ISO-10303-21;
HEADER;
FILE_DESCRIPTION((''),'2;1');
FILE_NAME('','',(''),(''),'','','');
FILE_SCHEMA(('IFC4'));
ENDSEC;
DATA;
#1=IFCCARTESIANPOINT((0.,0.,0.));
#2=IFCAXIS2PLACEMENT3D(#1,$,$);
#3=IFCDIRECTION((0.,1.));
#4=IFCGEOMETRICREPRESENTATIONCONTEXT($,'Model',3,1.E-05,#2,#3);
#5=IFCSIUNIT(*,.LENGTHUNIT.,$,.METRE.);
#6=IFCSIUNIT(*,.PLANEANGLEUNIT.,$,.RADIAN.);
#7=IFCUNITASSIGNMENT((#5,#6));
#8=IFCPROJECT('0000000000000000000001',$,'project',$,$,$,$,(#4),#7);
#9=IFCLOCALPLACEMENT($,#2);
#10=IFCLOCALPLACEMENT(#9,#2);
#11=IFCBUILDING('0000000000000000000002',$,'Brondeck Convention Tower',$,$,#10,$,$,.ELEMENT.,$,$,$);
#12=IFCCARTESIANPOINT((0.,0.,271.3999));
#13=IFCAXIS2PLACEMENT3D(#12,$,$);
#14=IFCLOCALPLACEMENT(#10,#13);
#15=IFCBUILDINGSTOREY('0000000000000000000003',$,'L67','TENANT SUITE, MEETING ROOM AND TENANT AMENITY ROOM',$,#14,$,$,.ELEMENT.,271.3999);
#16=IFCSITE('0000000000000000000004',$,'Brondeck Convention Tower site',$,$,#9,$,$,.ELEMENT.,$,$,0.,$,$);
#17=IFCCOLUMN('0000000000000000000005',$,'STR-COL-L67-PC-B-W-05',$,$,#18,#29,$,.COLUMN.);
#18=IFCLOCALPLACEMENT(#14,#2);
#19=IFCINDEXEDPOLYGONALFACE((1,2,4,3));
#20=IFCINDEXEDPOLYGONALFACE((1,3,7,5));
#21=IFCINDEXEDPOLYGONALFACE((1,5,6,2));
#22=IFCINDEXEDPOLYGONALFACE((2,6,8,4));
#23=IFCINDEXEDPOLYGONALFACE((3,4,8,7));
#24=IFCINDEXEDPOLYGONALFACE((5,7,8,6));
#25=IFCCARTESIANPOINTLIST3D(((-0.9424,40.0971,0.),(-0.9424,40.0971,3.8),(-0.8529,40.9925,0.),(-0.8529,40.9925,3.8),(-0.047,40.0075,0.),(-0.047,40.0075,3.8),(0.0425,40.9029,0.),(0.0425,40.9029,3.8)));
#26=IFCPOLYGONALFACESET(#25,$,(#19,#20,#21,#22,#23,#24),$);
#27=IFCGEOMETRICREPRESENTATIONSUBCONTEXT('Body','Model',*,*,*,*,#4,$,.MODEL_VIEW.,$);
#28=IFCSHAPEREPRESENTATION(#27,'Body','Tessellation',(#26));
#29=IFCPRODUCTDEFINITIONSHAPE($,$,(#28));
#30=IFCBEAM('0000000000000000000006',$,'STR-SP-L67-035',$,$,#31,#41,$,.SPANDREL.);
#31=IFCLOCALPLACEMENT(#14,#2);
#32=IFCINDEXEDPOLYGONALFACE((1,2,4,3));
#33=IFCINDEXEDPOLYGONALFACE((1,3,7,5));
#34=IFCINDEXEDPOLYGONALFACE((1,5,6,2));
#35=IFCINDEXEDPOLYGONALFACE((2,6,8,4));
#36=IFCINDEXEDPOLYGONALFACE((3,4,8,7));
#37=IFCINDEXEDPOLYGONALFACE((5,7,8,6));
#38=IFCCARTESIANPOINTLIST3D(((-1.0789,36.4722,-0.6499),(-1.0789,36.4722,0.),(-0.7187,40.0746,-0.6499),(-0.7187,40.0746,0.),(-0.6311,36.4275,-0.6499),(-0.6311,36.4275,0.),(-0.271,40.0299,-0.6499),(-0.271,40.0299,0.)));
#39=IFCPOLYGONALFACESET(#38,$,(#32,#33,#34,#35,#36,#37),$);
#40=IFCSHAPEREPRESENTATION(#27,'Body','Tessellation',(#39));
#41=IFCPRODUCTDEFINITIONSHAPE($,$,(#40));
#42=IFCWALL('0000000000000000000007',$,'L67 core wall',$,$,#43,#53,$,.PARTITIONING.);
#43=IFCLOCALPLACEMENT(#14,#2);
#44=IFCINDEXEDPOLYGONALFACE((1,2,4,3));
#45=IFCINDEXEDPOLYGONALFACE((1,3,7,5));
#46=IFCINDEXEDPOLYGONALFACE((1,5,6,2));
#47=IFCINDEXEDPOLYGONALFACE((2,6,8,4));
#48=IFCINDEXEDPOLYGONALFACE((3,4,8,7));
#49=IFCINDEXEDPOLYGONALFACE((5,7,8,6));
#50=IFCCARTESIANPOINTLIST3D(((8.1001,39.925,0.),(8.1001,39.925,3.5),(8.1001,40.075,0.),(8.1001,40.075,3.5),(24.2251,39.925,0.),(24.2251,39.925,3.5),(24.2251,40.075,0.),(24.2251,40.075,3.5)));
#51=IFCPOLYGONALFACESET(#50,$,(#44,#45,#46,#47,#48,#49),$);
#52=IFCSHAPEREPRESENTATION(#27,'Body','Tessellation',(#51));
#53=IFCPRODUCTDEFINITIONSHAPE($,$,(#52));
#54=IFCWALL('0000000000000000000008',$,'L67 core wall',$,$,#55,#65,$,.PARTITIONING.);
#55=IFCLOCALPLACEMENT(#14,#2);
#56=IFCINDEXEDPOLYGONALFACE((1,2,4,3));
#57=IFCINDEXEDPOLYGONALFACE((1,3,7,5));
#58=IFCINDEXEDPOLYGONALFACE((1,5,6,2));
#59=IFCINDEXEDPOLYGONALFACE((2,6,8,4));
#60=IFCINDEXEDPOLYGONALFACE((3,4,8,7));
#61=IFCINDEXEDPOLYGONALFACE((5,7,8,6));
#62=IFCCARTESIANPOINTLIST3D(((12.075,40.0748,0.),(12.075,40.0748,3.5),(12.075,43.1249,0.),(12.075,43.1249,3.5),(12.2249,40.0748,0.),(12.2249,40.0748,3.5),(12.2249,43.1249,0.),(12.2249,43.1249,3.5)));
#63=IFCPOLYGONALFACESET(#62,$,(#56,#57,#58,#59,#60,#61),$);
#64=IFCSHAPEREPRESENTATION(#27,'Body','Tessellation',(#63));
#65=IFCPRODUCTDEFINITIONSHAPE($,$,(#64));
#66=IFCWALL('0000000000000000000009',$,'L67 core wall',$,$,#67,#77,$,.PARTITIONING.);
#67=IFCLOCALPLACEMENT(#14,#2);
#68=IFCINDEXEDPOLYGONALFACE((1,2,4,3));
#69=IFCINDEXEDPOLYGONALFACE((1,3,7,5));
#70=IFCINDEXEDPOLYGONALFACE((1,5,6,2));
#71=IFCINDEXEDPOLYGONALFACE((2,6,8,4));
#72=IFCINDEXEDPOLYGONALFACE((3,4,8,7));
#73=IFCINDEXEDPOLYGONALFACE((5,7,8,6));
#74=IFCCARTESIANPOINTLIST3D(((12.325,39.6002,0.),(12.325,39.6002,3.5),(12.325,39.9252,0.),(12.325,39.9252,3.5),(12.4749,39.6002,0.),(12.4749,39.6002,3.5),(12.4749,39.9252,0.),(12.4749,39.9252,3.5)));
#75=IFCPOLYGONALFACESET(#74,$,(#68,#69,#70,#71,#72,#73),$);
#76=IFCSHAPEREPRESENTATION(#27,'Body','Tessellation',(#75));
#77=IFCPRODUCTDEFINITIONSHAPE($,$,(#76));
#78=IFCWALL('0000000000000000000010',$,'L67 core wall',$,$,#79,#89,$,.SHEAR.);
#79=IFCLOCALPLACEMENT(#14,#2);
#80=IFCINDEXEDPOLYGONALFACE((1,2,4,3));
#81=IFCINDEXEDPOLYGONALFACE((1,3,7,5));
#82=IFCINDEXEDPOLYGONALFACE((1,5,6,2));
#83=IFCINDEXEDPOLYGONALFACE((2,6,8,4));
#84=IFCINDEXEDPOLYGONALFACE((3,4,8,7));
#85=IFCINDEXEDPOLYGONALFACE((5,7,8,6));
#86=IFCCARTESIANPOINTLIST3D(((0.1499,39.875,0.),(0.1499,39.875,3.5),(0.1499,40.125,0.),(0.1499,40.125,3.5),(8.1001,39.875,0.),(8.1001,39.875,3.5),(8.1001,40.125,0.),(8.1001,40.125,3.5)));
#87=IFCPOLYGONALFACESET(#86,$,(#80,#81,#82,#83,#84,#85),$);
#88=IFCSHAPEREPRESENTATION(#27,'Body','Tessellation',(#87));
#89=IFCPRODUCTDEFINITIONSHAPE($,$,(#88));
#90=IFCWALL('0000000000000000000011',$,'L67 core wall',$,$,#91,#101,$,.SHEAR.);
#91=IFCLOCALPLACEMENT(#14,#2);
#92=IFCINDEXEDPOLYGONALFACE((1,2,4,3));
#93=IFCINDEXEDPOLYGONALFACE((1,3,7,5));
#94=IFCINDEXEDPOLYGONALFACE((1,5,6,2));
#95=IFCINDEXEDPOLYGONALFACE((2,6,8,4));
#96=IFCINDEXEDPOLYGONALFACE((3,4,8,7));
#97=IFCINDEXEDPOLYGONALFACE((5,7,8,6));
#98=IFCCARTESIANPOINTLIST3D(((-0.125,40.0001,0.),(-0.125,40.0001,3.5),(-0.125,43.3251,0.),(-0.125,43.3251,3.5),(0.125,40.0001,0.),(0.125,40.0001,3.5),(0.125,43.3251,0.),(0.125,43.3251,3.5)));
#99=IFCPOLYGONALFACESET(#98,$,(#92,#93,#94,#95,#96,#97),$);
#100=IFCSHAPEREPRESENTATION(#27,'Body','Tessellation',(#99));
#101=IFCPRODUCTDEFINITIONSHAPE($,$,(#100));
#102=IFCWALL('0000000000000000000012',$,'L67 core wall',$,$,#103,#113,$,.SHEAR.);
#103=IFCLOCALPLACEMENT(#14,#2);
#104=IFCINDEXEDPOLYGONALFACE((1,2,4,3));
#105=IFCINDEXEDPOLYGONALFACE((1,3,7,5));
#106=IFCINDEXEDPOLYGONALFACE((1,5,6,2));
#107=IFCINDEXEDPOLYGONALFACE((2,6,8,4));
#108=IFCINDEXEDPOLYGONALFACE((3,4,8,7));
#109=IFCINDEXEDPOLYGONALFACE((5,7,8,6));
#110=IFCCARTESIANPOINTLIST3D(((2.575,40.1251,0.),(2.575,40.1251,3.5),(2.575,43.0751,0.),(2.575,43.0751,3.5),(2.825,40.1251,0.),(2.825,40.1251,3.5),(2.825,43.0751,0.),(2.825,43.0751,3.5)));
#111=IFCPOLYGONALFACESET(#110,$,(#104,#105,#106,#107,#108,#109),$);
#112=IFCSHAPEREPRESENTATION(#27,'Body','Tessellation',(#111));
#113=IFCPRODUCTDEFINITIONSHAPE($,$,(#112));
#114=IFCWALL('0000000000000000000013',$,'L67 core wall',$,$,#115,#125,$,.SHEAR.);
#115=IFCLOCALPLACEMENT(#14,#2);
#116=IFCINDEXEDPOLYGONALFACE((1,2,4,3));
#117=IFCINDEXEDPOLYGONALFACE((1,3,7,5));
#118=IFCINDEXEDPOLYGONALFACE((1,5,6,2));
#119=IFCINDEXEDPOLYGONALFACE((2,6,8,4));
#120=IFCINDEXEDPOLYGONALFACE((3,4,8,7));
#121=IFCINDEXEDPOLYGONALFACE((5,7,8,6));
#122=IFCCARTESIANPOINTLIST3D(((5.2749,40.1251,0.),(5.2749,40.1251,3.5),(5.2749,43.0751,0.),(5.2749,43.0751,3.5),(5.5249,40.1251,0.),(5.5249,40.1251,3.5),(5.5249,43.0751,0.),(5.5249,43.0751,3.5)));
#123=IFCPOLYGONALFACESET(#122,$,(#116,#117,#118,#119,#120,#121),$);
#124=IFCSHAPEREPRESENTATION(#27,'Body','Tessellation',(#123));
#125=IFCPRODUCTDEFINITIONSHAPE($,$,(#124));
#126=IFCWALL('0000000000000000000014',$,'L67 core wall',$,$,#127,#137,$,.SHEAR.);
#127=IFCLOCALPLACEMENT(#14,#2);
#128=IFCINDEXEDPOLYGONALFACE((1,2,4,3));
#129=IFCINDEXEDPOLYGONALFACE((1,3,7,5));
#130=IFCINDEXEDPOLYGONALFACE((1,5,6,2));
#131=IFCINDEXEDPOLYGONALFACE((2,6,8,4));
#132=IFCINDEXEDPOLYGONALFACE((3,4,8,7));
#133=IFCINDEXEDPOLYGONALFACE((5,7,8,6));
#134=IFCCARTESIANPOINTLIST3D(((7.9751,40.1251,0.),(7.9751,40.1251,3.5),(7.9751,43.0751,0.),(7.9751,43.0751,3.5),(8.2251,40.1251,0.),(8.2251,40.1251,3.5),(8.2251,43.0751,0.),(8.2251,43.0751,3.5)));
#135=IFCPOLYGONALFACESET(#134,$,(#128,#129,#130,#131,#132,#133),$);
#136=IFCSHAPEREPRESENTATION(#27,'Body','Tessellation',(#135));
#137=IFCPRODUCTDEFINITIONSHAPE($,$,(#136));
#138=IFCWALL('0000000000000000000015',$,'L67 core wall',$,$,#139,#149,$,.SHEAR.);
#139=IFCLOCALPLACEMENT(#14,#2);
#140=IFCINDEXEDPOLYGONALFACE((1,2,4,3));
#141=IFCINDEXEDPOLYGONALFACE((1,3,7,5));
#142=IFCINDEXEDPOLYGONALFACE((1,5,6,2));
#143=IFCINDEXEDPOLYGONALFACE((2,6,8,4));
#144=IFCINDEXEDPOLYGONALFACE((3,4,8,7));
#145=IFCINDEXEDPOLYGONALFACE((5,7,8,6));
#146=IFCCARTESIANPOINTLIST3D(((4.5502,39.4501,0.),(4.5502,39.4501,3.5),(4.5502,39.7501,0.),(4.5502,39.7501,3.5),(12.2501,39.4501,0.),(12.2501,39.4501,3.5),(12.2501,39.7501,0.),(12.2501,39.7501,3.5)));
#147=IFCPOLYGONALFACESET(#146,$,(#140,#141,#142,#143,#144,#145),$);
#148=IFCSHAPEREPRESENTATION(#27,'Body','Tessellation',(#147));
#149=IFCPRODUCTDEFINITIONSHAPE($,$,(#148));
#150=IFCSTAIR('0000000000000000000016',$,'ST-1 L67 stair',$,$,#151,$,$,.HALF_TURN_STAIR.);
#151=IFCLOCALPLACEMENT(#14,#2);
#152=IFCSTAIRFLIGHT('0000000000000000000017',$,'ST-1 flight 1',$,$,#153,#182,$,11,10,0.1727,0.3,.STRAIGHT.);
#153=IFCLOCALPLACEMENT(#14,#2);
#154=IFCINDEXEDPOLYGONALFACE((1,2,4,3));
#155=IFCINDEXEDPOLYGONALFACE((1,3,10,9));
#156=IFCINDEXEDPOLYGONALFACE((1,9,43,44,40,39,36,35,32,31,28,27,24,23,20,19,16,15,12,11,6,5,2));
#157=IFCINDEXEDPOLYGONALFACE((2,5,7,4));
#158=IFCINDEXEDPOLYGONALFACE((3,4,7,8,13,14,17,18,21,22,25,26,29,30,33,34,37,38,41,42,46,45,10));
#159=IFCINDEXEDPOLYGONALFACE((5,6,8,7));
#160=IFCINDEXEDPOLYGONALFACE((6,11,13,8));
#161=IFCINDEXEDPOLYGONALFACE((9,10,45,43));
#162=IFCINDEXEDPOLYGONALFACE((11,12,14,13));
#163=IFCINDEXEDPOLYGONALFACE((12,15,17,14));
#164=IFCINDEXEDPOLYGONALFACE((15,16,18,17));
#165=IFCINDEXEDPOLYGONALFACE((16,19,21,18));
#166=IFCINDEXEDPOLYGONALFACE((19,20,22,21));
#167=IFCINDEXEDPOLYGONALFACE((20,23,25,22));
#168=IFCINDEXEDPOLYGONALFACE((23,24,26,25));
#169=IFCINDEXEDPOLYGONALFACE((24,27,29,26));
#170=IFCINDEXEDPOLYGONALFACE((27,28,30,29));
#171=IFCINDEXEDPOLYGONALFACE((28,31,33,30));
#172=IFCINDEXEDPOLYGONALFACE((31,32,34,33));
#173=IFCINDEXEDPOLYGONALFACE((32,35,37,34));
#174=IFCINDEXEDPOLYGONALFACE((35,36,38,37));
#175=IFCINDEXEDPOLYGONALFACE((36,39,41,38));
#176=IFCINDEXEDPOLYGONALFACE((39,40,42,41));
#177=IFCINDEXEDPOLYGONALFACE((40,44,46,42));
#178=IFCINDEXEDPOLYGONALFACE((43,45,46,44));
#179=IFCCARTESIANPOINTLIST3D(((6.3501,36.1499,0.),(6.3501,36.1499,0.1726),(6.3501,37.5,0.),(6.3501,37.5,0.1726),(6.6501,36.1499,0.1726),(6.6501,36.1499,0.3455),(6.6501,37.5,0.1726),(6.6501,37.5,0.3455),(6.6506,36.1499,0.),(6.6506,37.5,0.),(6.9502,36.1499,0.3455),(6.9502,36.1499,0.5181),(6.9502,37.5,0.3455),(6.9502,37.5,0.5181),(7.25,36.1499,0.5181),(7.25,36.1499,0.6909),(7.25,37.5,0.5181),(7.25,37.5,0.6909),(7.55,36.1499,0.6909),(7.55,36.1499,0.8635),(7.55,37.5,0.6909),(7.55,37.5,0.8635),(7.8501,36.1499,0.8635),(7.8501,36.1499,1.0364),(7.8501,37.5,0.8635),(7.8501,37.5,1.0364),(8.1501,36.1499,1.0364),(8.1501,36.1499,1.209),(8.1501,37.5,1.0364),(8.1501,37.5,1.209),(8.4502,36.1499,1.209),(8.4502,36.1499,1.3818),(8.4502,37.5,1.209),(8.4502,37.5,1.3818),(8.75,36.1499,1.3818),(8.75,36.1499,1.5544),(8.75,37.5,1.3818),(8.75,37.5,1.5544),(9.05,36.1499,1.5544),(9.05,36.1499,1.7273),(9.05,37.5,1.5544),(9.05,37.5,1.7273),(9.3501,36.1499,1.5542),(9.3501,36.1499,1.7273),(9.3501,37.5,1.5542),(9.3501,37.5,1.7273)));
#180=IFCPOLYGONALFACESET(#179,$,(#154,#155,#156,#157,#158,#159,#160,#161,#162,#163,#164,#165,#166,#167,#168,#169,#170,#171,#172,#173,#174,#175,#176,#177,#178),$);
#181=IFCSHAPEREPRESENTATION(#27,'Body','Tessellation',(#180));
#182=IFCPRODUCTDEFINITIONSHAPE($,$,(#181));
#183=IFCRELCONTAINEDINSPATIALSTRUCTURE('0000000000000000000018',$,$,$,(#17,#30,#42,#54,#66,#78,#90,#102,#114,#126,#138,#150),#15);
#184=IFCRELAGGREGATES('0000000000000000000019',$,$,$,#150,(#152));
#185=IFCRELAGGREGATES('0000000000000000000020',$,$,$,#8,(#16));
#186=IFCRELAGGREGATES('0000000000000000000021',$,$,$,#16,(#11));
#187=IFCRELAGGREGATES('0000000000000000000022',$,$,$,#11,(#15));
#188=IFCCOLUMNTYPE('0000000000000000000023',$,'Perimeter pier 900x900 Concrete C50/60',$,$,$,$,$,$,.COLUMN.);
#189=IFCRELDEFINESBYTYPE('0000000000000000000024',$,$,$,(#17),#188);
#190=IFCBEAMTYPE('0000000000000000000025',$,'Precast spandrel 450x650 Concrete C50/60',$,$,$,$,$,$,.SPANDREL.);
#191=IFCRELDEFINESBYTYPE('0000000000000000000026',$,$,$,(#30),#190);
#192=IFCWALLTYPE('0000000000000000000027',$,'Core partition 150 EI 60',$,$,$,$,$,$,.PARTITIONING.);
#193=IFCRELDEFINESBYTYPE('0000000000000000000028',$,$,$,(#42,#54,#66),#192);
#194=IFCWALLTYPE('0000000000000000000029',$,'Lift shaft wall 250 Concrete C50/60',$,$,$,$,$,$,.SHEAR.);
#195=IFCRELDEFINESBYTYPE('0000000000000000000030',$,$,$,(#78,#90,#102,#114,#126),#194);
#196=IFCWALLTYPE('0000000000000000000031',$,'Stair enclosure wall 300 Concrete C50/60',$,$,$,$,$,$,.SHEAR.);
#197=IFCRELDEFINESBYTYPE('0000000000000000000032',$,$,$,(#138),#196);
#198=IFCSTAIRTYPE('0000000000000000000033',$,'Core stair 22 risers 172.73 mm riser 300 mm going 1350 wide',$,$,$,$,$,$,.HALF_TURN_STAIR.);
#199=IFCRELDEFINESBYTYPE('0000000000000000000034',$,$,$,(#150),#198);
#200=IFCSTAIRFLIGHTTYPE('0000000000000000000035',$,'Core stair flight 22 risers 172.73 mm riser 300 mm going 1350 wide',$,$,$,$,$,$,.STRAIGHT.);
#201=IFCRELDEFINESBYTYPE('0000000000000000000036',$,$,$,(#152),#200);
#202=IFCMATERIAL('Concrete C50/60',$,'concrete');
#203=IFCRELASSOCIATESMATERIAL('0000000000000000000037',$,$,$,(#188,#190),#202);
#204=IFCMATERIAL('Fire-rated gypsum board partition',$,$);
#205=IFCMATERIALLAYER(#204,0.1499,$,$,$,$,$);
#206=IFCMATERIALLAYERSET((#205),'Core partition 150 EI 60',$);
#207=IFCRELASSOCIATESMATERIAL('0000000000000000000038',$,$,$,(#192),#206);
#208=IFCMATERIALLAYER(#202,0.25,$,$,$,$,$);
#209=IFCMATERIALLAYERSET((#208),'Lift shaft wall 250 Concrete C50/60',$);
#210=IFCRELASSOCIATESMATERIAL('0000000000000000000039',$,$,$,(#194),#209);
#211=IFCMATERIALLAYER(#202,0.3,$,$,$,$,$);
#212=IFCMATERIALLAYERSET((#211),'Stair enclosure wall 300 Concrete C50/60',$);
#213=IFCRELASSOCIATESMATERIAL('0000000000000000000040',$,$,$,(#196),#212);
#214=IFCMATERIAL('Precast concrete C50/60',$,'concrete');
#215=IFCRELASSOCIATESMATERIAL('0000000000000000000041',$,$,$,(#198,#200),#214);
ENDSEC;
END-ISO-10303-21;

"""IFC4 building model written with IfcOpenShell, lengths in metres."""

from ifc_helpers import new_model, si_unit, direction, frame, frame_2d, origin, origin_2d, place, context, subcontext, project, spatial, polyline, rectangle, outline, extrude, material, layer, layer_set, material_profile, profile_set, type_object, element, aggregate, save


model = new_model("IFC4")

# Units and contexts
model_context = context("Model", 3, precision=1e-05, world=origin(), true_north=direction((0.0, 1.0)))
body_context = subcontext(model_context, "Body", "Model", "MODEL_VIEW")
ifc_project = project(units=[si_unit("LENGTHUNIT", "METRE"), si_unit("PLANEANGLEUNIT", "RADIAN")], contexts=[model_context])

# Site, building, storey
site_placement = place(None, origin())
site = spatial("IfcSite", under=ifc_project, at=site_placement, Name="Brondeck Convention Tower site", CompositionType="ELEMENT", RefElevation=0.0)
building_placement = place(site_placement, origin())
building = spatial("IfcBuilding", under=site, at=building_placement, Name="Brondeck Convention Tower", CompositionType="ELEMENT")
storey_placement = place(building_placement, frame((0.0, 0.0, 271.3999)))
storey = spatial("IfcBuildingStorey", under=building, at=storey_placement, Name="L67", Description="TENANT SUITE, MEETING ROOM AND TENANT AMENITY ROOM", CompositionType="ELEMENT", Elevation=271.3999)

# Column
ifc_material_1 = material(Name="Concrete C50/60", Category="concrete")
ifc_material_profile_1 = material_profile(ifc_material_1, rectangle(XDim=0.8999, YDim=0.8999, at=origin_2d()), Name="Perimeter pier 900x900 Concrete C50/60")
ifc_profile_set_1 = profile_set([ifc_material_profile_1], Name="Concrete C50/60")
column_type = type_object("IfcColumnType", Name="Perimeter pier 900x900 Concrete C50/60", PredefinedType="COLUMN", material=ifc_profile_set_1)
column_placement = place(storey_placement, frame((-0.45, 40.5, 0.0), z_axis=(0.0, 0.0, 1.0), x_axis=(-0.099504, -0.995037, 0.0)))
element("IfcColumn", 1, at=column_placement, inside=storey, type_object=column_type, Name="STR-COL-L67-PC-B-W-05", PredefinedType="COLUMN", context=body_context, shape_type="SweptSolid", body=[
    extrude(rectangle(XDim=0.8999, YDim=0.8999, at=origin_2d()), origin(), (0.0, 0.0, 1.0), 3.8),
])

# Beam
ifc_material_profile_2 = material_profile(ifc_material_1, rectangle(XDim=0.45, YDim=0.6499, at=origin_2d()), Name="Precast spandrel 450x650 Concrete C50/60")
ifc_profile_set_2 = profile_set([ifc_material_profile_2], Name="Concrete C50/60")
beam_type = type_object("IfcBeamType", Name="Precast spandrel 450x650 Concrete C50/60", PredefinedType="SPANDREL", material=ifc_profile_set_2)
beam_placement = place(storey_placement, frame((-0.4949, 40.0522, -0.325), z_axis=(-0.09947, -0.995041, 0.0), x_axis=(0.995041, -0.09947, 0.0)))
element("IfcBeam", 2, at=beam_placement, inside=storey, type_object=beam_type, Name="STR-SP-L67-035", PredefinedType="SPANDREL", context=body_context, shape_type="SweptSolid", body=[
    extrude(rectangle(XDim=0.45, YDim=0.6499, at=origin_2d()), origin(), (0.0, 0.0, 1.0), 3.6204),
])

# Walls
ifc_material_2 = material(Name="Fire-rated gypsum board partition")
ifc_layer_1 = layer(ifc_material_2, 0.1499)
ifc_layer_set_1 = layer_set([ifc_layer_1], Name="Core partition 150 EI 60")
wall_type_1 = type_object("IfcWallType", Name="Core partition 150 EI 60", PredefinedType="PARTITIONING", material=ifc_layer_set_1)
wall_1_placement = place(storey_placement, frame((8.1001, 40.0, 0.0), z_axis=(0.0, 0.0, 1.0), x_axis=(1.0, 0.0, 0.0)))
element("IfcWall", 3, at=wall_1_placement, inside=storey, type_object=wall_type_1, Name="L67 core wall", PredefinedType="PARTITIONING", context=body_context, shape_type="SweptSolid", body=[
    extrude(rectangle(XDim=16.125, YDim=0.1499, at=frame_2d((8.0625, 0.0))), origin(), (0.0, 0.0, 1.0), 3.5),
])
wall_2_placement = place(storey_placement, frame((12.1499, 40.075, 0.0), z_axis=(0.0, 0.0, 1.0), x_axis=(0.0, 1.0, 0.0)))
element("IfcWall", 4, at=wall_2_placement, inside=storey, type_object=wall_type_1, Name="L67 core wall", PredefinedType="PARTITIONING", context=body_context, shape_type="SweptSolid", body=[
    extrude(rectangle(XDim=3.05, YDim=0.1499, at=frame_2d((1.5249, 0.0))), origin(), (0.0, 0.0, 1.0), 3.5),
])
wall_3_placement = place(storey_placement, frame((12.3999, 39.6001, 0.0), z_axis=(0.0, 0.0, 1.0), x_axis=(0.0, 1.0, 0.0)))
element("IfcWall", 5, at=wall_3_placement, inside=storey, type_object=wall_type_1, Name="L67 core wall", PredefinedType="PARTITIONING", context=body_context, shape_type="SweptSolid", body=[
    extrude(rectangle(XDim=0.325, YDim=0.1499, at=frame_2d((0.1626, 0.0))), origin(), (0.0, 0.0, 1.0), 3.5),
])
ifc_layer_2 = layer(ifc_material_1, 0.25)
ifc_layer_set_2 = layer_set([ifc_layer_2], Name="Lift shaft wall 250 Concrete C50/60")
wall_type_2 = type_object("IfcWallType", Name="Lift shaft wall 250 Concrete C50/60", PredefinedType="SHEAR", material=ifc_layer_set_2)
wall_4_placement = place(storey_placement, frame((0.1499, 40.0, 0.0), z_axis=(0.0, 0.0, 1.0), x_axis=(1.0, 0.0, 0.0)))
element("IfcWall", 6, at=wall_4_placement, inside=storey, type_object=wall_type_2, Name="L67 core wall", PredefinedType="SHEAR", context=body_context, shape_type="SweptSolid", body=[
    extrude(rectangle(XDim=7.9502, YDim=0.25, at=frame_2d((3.9751, 0.0))), origin(), (0.0, 0.0, 1.0), 3.5),
])
wall_5_placement = place(storey_placement, frame((0.0, 40.0, 0.0), z_axis=(0.0, 0.0, 1.0), x_axis=(0.0, 1.0, 0.0)))
element("IfcWall", 7, at=wall_5_placement, inside=storey, type_object=wall_type_2, Name="L67 core wall", PredefinedType="SHEAR", context=body_context, shape_type="SweptSolid", body=[
    extrude(rectangle(XDim=3.325, YDim=0.25, at=frame_2d((1.6626, 0.0))), origin(), (0.0, 0.0, 1.0), 3.5),
])
for number, where, z_axis, x_axis, name in (
    (8, (2.7, 40.125, 0.0), (0.0, 0.0, 1.0), (0.0, 1.0, 0.0), "L67 core wall"),
    (9, (5.3999, 40.125, 0.0), (0.0, 0.0, 1.0), (0.0, 1.0, 0.0), "L67 core wall"),
    (10, (8.1001, 40.125, 0.0), (0.0, 0.0, 1.0), (0.0, 1.0, 0.0), "L67 core wall"),
):
    element("IfcWall", number, at=place(storey_placement, frame(where, z_axis=z_axis, x_axis=x_axis)), inside=storey, type_object=wall_type_2, Name=name, PredefinedType="SHEAR", context=body_context, shape_type="SweptSolid", body=[
        extrude(rectangle(XDim=2.95, YDim=0.25, at=frame_2d((1.4751, 0.0))), origin(), (0.0, 0.0, 1.0), 3.5),
    ])
ifc_layer_3 = layer(ifc_material_1, 0.3)
ifc_layer_set_3 = layer_set([ifc_layer_3], Name="Stair enclosure wall 300 Concrete C50/60")
wall_type_3 = type_object("IfcWallType", Name="Stair enclosure wall 300 Concrete C50/60", PredefinedType="SHEAR", material=ifc_layer_set_3)
wall_6_placement = place(storey_placement, frame((4.55, 39.6001, 0.0), z_axis=(0.0, 0.0, 1.0), x_axis=(1.0, 0.0, 0.0)))
element("IfcWall", 11, at=wall_6_placement, inside=storey, type_object=wall_type_3, Name="L67 core wall", PredefinedType="SHEAR", context=body_context, shape_type="SweptSolid", body=[
    extrude(rectangle(XDim=7.7, YDim=0.3, at=frame_2d((3.8501, 0.0))), origin(), (0.0, 0.0, 1.0), 3.5),
])

# Stair, stair flight
ifc_material_3 = material(Name="Precast concrete C50/60", Category="concrete")
stair_type = type_object("IfcStairType", Name="Core stair 22 risers 172.73 mm riser 300 mm going 1350 wide", PredefinedType="HALF_TURN_STAIR", material=ifc_material_3)
stair_placement = place(storey_placement, origin())
stair = element("IfcStair", 12, at=stair_placement, inside=storey, type_object=stair_type, Name="ST-1 L67 stair", PredefinedType="HALF_TURN_STAIR")
stair_flight_type = type_object("IfcStairFlightType", Name="Core stair flight 22 risers 172.73 mm riser 300 mm going 1350 wide", PredefinedType="STRAIGHT", material=ifc_material_3)
stair_flight_1_placement = place(storey_placement, frame((6.3501, 36.825, 0.0), z_axis=(0.0, 0.0, 1.0), x_axis=(1.0, 0.0, 0.0)))
stair_flight_1 = element("IfcStairFlight", 13, at=stair_flight_1_placement, type_object=stair_flight_type, Name="ST-1 flight 1", NumberOfRisers=11, NumberOfTreads=10, PredefinedType="STRAIGHT", RiserHeight=0.1727, TreadLength=0.3, context=body_context, shape_type="SweptSolid", body=[
    extrude(outline(polyline([(0.0, 0.0), (0.0, 0.1726), (0.3, 0.1726), (0.3, 0.3455), (0.6001, 0.3455), (0.6001, 0.5181), (0.8999, 0.5181), (0.8999, 0.6909), (1.2, 0.6909), (1.2, 0.8635), (1.5, 0.8635), (1.5, 1.0364), (1.8, 1.0364), (1.8, 1.209), (2.1001, 1.209), (2.1001, 1.3818), (2.3999, 1.3818), (2.3999, 1.5544), (2.7, 1.5544), (2.7, 1.7273), (3.0, 1.7273), (3.0, 1.8999), (3.0, 1.5542), (0.3005, 0.0), (0.0, 0.0)])), frame((0.0, 0.675, 0.0), z_axis=(0.0, -1.0, 0.0), x_axis=(1.0, 0.0, 0.0)), (0.0, 0.0, 1.0), 1.3501),
])
aggregate(stair, [stair_flight_1])

save(model, "model.ifc")
